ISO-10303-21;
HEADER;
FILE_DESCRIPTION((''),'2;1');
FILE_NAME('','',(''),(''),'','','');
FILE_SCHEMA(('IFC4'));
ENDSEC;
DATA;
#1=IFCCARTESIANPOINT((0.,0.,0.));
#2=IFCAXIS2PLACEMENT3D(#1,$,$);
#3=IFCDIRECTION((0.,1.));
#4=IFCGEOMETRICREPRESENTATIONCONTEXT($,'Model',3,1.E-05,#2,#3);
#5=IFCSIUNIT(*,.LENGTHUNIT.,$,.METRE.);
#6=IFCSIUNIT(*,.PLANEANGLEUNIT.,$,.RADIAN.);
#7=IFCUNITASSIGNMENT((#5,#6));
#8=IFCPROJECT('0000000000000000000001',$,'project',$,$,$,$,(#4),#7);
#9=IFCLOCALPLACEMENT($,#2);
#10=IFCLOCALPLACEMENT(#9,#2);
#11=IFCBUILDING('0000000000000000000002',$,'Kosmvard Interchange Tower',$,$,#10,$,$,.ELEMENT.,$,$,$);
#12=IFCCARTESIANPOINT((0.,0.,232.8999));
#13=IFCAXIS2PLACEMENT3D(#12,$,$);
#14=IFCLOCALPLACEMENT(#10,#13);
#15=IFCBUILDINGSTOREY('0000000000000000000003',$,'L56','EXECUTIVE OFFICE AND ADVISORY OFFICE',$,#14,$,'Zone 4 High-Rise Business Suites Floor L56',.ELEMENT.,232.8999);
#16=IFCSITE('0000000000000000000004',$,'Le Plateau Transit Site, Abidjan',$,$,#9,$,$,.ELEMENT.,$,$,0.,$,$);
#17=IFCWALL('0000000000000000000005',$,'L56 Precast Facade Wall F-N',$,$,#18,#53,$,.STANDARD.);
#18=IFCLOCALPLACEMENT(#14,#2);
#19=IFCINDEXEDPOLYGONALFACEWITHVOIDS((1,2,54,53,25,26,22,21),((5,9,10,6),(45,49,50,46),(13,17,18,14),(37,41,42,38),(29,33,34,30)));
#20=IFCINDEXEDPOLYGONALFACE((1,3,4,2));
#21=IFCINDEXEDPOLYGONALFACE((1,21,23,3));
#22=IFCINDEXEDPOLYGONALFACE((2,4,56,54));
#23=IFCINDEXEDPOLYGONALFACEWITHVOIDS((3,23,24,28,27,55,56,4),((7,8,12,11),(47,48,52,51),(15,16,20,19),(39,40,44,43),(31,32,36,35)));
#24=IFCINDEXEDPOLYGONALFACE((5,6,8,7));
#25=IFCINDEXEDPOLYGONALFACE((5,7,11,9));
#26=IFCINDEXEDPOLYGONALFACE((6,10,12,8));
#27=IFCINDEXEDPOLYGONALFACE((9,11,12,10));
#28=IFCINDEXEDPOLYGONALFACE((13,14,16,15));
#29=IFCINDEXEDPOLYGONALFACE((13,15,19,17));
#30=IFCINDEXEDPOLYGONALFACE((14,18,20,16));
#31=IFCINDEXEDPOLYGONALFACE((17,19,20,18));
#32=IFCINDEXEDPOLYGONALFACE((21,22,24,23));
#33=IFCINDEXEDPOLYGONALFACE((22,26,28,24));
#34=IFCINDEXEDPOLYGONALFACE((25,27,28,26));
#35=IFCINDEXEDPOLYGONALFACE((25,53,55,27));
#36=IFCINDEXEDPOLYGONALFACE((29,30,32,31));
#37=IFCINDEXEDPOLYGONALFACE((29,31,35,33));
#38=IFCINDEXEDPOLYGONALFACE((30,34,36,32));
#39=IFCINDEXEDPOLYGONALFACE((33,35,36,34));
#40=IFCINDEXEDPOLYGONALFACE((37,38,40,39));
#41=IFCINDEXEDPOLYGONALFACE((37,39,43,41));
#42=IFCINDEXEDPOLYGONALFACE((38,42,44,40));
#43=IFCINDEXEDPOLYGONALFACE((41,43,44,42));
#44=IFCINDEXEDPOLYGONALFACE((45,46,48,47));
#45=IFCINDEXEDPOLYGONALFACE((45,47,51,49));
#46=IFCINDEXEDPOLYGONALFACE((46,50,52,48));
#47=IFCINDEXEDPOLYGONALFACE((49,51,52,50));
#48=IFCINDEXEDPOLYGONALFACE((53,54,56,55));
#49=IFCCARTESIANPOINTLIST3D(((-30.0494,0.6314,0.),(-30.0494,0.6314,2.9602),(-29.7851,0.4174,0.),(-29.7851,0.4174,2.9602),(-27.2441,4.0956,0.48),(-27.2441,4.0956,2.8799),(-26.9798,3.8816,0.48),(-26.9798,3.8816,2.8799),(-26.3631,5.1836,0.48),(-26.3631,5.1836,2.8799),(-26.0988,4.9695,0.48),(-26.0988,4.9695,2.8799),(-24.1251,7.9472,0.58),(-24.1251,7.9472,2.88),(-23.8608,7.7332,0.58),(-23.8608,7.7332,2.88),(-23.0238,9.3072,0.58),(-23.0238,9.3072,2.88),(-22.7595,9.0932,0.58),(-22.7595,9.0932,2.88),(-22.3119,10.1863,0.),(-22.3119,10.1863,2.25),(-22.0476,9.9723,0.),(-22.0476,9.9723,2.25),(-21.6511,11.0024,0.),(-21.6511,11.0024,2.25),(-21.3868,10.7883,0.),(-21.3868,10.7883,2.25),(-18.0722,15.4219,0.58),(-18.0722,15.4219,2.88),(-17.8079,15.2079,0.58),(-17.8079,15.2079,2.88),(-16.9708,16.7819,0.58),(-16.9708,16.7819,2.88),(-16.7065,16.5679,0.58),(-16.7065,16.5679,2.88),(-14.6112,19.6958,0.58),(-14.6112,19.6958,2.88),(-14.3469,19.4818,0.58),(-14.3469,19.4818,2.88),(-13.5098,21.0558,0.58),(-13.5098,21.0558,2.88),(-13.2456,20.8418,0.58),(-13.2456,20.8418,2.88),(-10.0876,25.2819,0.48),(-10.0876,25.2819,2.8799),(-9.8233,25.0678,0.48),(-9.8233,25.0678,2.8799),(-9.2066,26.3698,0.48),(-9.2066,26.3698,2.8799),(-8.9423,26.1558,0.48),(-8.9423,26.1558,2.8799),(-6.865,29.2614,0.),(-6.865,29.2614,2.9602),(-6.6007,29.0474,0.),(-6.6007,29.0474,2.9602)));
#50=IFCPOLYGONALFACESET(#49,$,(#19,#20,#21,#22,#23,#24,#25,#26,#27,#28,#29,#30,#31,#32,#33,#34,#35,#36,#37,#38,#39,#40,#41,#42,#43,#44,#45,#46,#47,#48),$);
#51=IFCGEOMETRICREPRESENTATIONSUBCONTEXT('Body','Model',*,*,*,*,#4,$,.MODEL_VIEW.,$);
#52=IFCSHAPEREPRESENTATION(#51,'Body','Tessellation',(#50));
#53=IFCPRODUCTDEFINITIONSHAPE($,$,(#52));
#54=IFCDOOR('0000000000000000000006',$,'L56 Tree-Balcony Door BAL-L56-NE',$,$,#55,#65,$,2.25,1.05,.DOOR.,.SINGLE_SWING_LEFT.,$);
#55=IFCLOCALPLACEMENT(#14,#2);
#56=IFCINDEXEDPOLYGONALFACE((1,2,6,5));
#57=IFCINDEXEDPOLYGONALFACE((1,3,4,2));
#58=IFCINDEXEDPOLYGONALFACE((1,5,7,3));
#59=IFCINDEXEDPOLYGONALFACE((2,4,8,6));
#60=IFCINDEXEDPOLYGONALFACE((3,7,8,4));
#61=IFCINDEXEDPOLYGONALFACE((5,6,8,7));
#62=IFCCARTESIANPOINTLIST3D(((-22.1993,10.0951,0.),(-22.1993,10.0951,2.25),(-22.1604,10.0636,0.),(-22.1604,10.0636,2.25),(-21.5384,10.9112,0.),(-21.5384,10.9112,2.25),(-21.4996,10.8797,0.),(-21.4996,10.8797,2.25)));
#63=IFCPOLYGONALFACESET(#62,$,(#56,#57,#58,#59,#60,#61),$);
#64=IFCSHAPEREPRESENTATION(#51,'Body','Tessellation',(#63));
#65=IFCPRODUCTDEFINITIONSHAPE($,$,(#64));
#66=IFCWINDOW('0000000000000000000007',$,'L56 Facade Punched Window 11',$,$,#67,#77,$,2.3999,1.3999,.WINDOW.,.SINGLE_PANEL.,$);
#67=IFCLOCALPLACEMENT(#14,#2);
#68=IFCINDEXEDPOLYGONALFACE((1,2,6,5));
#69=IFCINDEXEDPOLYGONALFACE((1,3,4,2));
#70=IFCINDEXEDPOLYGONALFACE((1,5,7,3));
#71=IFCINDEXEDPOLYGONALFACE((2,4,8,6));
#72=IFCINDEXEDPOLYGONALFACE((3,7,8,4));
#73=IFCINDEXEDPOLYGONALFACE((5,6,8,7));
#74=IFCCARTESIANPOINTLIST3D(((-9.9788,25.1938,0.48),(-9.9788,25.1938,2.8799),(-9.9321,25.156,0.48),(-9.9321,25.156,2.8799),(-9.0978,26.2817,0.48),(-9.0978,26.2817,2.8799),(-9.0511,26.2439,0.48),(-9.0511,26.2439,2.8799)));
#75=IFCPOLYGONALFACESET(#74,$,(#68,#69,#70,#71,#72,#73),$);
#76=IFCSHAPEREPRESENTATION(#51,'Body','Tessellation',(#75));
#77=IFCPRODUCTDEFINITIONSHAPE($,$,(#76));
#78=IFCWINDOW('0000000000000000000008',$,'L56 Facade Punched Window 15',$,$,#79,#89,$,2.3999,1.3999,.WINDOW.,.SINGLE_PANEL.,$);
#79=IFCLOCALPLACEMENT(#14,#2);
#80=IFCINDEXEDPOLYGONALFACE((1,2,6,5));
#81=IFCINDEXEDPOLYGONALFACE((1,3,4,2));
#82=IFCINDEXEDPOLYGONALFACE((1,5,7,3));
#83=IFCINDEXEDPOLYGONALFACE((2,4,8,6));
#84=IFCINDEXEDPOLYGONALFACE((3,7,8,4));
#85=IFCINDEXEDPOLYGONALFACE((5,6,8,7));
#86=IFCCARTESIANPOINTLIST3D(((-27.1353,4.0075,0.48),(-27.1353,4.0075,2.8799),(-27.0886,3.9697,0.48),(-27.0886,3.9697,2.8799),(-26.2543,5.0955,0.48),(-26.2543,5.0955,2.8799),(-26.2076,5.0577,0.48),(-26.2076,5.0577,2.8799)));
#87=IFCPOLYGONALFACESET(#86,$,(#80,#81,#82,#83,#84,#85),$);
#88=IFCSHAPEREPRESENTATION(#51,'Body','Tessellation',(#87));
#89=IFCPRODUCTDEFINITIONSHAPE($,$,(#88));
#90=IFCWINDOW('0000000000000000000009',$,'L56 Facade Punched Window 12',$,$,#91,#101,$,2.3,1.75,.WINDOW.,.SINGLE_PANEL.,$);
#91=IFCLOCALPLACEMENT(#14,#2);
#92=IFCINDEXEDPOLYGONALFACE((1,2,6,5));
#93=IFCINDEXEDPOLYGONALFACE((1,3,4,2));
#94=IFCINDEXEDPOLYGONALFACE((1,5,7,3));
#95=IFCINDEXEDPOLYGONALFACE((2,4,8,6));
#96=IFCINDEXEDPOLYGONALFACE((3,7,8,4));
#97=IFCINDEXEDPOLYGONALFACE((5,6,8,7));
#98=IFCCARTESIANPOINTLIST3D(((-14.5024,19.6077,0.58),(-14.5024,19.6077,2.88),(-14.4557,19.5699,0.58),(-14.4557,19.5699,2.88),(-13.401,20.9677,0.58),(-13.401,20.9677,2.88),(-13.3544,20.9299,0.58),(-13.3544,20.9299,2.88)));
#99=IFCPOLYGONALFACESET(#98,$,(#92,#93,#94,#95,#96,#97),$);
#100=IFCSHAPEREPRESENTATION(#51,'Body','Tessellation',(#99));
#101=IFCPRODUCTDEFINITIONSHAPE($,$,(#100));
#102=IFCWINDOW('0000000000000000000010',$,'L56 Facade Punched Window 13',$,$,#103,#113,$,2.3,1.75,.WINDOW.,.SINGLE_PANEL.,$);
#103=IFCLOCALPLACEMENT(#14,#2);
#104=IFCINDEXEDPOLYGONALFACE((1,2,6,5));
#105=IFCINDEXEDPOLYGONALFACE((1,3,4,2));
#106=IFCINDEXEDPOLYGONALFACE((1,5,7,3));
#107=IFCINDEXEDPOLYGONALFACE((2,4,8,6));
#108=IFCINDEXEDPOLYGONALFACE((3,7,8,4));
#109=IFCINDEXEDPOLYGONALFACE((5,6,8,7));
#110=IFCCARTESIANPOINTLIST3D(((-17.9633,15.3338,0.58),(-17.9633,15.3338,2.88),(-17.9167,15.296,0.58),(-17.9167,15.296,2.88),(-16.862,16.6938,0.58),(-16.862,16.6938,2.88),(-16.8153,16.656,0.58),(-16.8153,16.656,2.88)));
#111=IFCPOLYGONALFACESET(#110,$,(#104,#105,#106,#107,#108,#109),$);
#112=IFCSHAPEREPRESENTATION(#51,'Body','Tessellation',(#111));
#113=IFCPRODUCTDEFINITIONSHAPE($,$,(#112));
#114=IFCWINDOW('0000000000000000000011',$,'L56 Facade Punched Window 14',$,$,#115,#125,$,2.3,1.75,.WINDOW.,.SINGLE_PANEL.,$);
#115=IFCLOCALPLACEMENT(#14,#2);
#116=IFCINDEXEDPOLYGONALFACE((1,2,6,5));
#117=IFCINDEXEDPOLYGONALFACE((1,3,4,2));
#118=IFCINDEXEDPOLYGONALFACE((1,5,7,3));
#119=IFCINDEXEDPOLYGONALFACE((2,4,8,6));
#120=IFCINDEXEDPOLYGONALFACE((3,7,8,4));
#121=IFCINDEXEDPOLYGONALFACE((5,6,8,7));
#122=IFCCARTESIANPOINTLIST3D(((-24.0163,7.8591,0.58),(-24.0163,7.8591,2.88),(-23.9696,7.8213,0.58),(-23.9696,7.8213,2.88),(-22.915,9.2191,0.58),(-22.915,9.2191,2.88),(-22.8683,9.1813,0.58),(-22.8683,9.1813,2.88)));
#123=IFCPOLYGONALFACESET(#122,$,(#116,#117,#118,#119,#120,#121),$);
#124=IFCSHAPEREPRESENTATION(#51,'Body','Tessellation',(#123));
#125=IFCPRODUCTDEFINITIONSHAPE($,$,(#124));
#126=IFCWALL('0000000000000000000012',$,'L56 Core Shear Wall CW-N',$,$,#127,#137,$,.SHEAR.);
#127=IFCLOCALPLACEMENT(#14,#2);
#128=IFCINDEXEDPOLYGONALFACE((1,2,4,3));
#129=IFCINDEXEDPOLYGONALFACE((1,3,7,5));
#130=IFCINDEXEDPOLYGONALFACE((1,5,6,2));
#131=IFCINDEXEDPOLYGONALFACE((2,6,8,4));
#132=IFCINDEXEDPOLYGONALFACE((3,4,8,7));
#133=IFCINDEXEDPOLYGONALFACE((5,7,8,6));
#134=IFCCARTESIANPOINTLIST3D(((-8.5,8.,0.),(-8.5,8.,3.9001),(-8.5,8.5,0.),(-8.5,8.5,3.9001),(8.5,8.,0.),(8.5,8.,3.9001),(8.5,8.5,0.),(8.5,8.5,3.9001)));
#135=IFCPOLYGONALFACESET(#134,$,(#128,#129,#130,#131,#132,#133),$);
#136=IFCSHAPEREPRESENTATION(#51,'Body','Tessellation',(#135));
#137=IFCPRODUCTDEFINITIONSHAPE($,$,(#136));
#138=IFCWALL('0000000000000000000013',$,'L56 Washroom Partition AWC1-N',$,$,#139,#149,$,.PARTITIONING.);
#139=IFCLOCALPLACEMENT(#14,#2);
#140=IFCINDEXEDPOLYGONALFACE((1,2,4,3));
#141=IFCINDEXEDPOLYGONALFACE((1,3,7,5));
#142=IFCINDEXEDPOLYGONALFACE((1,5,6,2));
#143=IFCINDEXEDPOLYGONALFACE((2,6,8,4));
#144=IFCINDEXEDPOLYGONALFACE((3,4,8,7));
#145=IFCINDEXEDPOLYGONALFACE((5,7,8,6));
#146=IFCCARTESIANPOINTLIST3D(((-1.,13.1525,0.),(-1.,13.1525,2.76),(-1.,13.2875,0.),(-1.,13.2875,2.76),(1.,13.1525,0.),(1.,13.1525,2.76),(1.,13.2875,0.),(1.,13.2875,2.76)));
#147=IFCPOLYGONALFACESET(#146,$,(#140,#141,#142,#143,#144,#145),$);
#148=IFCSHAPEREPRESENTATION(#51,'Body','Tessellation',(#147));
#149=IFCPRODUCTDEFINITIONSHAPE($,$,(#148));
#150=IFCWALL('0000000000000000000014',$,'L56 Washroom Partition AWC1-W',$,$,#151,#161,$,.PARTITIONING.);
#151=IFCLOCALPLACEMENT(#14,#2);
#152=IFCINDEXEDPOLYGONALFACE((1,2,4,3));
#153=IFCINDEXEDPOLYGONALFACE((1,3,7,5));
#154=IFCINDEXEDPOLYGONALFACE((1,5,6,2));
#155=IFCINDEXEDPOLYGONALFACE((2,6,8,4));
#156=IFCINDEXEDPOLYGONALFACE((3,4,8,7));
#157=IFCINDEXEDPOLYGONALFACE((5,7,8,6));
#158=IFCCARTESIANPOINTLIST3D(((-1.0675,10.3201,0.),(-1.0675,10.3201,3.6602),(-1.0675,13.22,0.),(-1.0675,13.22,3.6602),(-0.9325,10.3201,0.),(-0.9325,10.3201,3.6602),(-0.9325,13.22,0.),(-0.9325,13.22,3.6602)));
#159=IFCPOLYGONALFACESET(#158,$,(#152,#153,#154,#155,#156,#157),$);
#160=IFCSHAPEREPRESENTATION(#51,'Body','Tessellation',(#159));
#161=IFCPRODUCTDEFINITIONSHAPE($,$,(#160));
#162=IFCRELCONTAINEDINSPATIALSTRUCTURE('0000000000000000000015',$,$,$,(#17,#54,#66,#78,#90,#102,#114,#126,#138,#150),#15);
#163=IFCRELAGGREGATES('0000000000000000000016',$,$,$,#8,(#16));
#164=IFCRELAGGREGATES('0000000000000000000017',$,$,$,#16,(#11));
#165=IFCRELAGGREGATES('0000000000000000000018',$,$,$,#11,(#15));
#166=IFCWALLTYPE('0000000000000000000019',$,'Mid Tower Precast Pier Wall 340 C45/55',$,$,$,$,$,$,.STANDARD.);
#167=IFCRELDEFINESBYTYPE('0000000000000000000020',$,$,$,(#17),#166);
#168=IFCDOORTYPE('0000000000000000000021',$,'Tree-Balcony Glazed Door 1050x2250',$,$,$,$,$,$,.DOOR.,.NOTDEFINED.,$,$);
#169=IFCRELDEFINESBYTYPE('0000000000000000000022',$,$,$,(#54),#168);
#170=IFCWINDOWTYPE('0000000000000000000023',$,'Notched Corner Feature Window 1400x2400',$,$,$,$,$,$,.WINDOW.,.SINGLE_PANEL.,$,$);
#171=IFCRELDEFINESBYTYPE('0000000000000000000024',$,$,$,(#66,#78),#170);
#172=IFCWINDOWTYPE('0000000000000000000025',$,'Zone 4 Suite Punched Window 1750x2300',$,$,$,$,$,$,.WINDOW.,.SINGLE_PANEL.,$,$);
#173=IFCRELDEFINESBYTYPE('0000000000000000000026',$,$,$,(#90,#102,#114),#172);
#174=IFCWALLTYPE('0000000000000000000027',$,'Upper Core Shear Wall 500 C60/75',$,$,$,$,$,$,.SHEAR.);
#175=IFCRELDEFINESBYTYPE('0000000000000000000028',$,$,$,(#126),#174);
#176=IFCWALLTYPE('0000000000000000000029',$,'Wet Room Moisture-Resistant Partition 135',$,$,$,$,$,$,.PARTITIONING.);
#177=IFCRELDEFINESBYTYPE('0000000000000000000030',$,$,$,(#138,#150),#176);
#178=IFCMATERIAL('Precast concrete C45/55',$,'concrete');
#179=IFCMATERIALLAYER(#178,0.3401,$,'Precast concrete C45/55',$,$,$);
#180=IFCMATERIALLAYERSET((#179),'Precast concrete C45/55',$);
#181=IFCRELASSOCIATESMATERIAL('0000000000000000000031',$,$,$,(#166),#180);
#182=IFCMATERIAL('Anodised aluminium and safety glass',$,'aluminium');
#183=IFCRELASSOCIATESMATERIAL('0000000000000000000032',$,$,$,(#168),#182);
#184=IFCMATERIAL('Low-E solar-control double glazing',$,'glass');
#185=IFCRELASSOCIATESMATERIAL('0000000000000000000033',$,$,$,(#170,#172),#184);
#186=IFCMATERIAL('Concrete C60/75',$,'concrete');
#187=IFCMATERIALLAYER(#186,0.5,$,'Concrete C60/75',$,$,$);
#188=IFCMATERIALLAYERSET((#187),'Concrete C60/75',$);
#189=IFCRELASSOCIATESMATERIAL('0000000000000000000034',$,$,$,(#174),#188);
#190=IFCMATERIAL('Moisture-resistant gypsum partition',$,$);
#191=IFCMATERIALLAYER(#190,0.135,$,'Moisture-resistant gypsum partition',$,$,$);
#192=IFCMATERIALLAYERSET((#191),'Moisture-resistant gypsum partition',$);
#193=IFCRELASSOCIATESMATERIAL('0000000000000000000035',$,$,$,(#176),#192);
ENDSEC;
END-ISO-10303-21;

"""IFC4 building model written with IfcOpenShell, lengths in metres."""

from ifc_helpers import new_model, si_unit, direction, frame, frame_2d, origin, place, context, subcontext, project, spatial, rectangle, extrude, source, transform, mapped, material, layer, layer_set, type_object, element, fill, save


model = new_model("IFC4")

# Units and contexts
model_context = context("Model", 3, precision=1e-05, world=origin(), true_north=direction((0.0, 1.0)))
body_context = subcontext(model_context, "Body", "Model", "MODEL_VIEW")
ifc_project = project(units=[si_unit("LENGTHUNIT", "METRE"), si_unit("PLANEANGLEUNIT", "RADIAN")], contexts=[model_context])

# Site, building, storey
site_placement = place(None, origin())
site = spatial("IfcSite", under=ifc_project, at=site_placement, Name="Le Plateau Transit Site, Abidjan", CompositionType="ELEMENT", RefElevation=0.0)
building_placement = place(site_placement, origin())
building = spatial("IfcBuilding", under=site, at=building_placement, Name="Kosmvard Interchange Tower", CompositionType="ELEMENT")
storey_placement = place(building_placement, frame((0.0, 0.0, 232.8999)))
storey = spatial("IfcBuildingStorey", under=building, at=storey_placement, Name="L56", Description="EXECUTIVE OFFICE AND ADVISORY OFFICE", LongName="Zone 4 High-Rise Business Suites Floor L56", CompositionType="ELEMENT", Elevation=232.8999)

# Shared definitions
ifc_material_1 = material(Name="Concrete C60/75", Category="concrete")

# Shared definitions
ifc_material_2 = material(Name="Precast concrete C45/55", Category="concrete")
ifc_layer_1 = layer(ifc_material_2, 0.3401, Name="Precast concrete C45/55")
ifc_layer_set_1 = layer_set([ifc_layer_1], Name="Precast concrete C45/55")
wall_type_1 = type_object("IfcWallType", Name="Mid Tower Precast Pier Wall 340 C45/55", PredefinedType="STANDARD", material=ifc_layer_set_1)

# Wall, openings, door, windows
wall_1_placement = place(storey_placement, frame((-6.7329, 29.1543, 0.0), z_axis=(0.0, 0.0, 1.0), x_axis=(-0.629325, -0.777142, 0.0)))
wall_1 = element("IfcWall", 1, at=wall_1_placement, inside=storey, type_object=wall_type_1, Name="L56 Precast Facade Wall F-N", PredefinedType="STANDARD", context=body_context, shape_type="SweptSolid", body=[
    extrude(rectangle(XDim=36.8401, YDim=0.3401, at=frame_2d((18.4199, 0.0))), origin(), (0.0, 0.0, 1.0), 2.9602),
])
opening_1_placement = place(wall_1_placement, frame((23.4951, 0.0, 0.0)))
opening_1 = element("IfcOpeningElement", 2, at=opening_1_placement, cuts=wall_1, PredefinedType="OPENING", context=body_context, shape_type="SweptSolid", body=[
    extrude(rectangle(XDim=1.05, YDim=2.25, at=frame_2d((0.5249, 1.125))), frame((0.0, 0.1802, 0.0), z_axis=(0.0, -1.0, 0.0), x_axis=(1.0, 0.0, 0.0)), (0.0, 0.0, 1.0), 0.3601),
])
opening_2_placement = place(wall_1_placement, frame((3.7207, 0.0, 0.48)))
opening_2 = element("IfcOpeningElement", 3, at=opening_2_placement, cuts=wall_1, PredefinedType="OPENING", context=body_context, shape_type="SweptSolid", body=[
    extrude(rectangle(XDim=1.3999, YDim=2.3999, at=frame_2d((0.7, 1.2))), frame((0.0, 0.1802, 0.0), z_axis=(0.0, -1.0, 0.0), x_axis=(1.0, 0.0, 0.0)), (0.0, 0.0, 1.0), 0.3601),
])
opening_3_placement = place(wall_1_placement, frame((10.5586, 0.0, 0.5801)))
opening_3 = element("IfcOpeningElement", 4, at=opening_3_placement, cuts=wall_1, PredefinedType="OPENING", context=body_context, shape_type="SweptSolid", body=[
    extrude(rectangle(XDim=1.75, YDim=2.3, at=frame_2d((0.875, 1.1499))), frame((0.0, 0.1802, 0.0), z_axis=(0.0, -1.0, 0.0), x_axis=(1.0, 0.0, 0.0)), (0.0, 0.0, 1.0), 0.3601),
])
opening_4_placement = place(wall_1_placement, frame((16.0581, 0.0, 0.5801)))
opening_4 = element("IfcOpeningElement", 5, at=opening_4_placement, cuts=wall_1, PredefinedType="OPENING", context=body_context, shape_type="SweptSolid", body=[
    extrude(rectangle(XDim=1.75, YDim=2.3, at=frame_2d((0.875, 1.1499))), frame((0.0, 0.1802, 0.0), z_axis=(0.0, -1.0, 0.0), x_axis=(1.0, 0.0, 0.0)), (0.0, 0.0, 1.0), 0.3601),
])
opening_5_placement = place(wall_1_placement, frame((25.6763, 0.0, 0.5801)))
opening_5 = element("IfcOpeningElement", 6, at=opening_5_placement, cuts=wall_1, PredefinedType="OPENING", context=body_context, shape_type="SweptSolid", body=[
    extrude(rectangle(XDim=1.75, YDim=2.3, at=frame_2d((0.875, 1.1499))), frame((0.0, 0.1802, 0.0), z_axis=(0.0, -1.0, 0.0), x_axis=(1.0, 0.0, 0.0)), (0.0, 0.0, 1.0), 0.3601),
])
opening_6_placement = place(wall_1_placement, frame((30.9824, 0.0, 0.48)))
opening_6 = element("IfcOpeningElement", 7, at=opening_6_placement, cuts=wall_1, PredefinedType="OPENING", context=body_context, shape_type="SweptSolid", body=[
    extrude(rectangle(XDim=1.3999, YDim=2.3999, at=frame_2d((0.7, 1.2))), frame((0.0, 0.1802, 0.0), z_axis=(0.0, -1.0, 0.0), x_axis=(1.0, 0.0, 0.0)), (0.0, 0.0, 1.0), 0.3601),
])
ifc_material_3 = material(Name="Anodised aluminium and safety glass", Category="aluminium")
door_type = type_object("IfcDoorType", Name="Tree-Balcony Glazed Door 1050x2250", OperationType="NOTDEFINED", PredefinedType="DOOR", material=ifc_material_3)
shared_shape_1 = source(origin(), body_context, "Body", "SweptSolid", [
    extrude(rectangle(XDim=1.05, YDim=2.25, at=frame_2d((0.5249, 1.125))), frame((0.0, 0.0249, 0.0), z_axis=(0.0, -1.0, 0.0), x_axis=(1.0, 0.0, 0.0)), (0.0, 0.0, 1.0), 0.05),
])
door_placement = place(opening_1_placement, origin())
door = element("IfcDoor", 8, at=door_placement, inside=storey, type_object=door_type, Name="L56 Tree-Balcony Door BAL-L56-NE", OperationType="SINGLE_SWING_LEFT", OverallHeight=2.25, OverallWidth=1.05, PredefinedType="DOOR", context=body_context, shape_type="MappedRepresentation", body=[
    mapped(shared_shape_1, transform((0.0, 0.0, 0.0), scale=1.0)),
])
fill(opening_1, door)
ifc_material_4 = material(Name="Low-E solar-control double glazing", Category="glass")
window_type_1 = type_object("IfcWindowType", Name="Notched Corner Feature Window 1400x2400", PartitioningType="SINGLE_PANEL", PredefinedType="WINDOW", material=ifc_material_4)
shared_shape_2 = source(origin(), body_context, "Body", "SweptSolid", [
    extrude(rectangle(XDim=1.3999, YDim=2.3999, at=frame_2d((0.7, 1.2))), frame((0.0, 0.03, 0.0), z_axis=(0.0, -1.0, 0.0), x_axis=(1.0, 0.0, 0.0)), (0.0, 0.0, 1.0), 0.0601),
])
window_1_placement = place(opening_2_placement, origin())
window_1 = element("IfcWindow", 9, at=window_1_placement, inside=storey, type_object=window_type_1, Name="L56 Facade Punched Window 11", OverallHeight=2.3999, OverallWidth=1.3999, PartitioningType="SINGLE_PANEL", PredefinedType="WINDOW", context=body_context, shape_type="MappedRepresentation", body=[
    mapped(shared_shape_2, transform((0.0, 0.0, 0.0), scale=1.0)),
])
fill(opening_2, window_1)
window_2_placement = place(opening_6_placement, origin())
window_2 = element("IfcWindow", 10, at=window_2_placement, inside=storey, type_object=window_type_1, Name="L56 Facade Punched Window 15", OverallHeight=2.3999, OverallWidth=1.3999, PartitioningType="SINGLE_PANEL", PredefinedType="WINDOW", context=body_context, shape_type="MappedRepresentation", body=[
    mapped(shared_shape_2, transform((0.0, 0.0, 0.0), scale=1.0)),
])
fill(opening_6, window_2)
window_type_2 = type_object("IfcWindowType", Name="Zone 4 Suite Punched Window 1750x2300", PartitioningType="SINGLE_PANEL", PredefinedType="WINDOW", material=ifc_material_4)
shared_shape_3 = source(origin(), body_context, "Body", "SweptSolid", [
    extrude(rectangle(XDim=1.75, YDim=2.3, at=frame_2d((0.875, 1.1499))), frame((0.0, 0.03, 0.0), z_axis=(0.0, -1.0, 0.0), x_axis=(1.0, 0.0, 0.0)), (0.0, 0.0, 1.0), 0.0601),
])
window_3_placement = place(opening_3_placement, origin())
window_3 = element("IfcWindow", 11, at=window_3_placement, inside=storey, type_object=window_type_2, Name="L56 Facade Punched Window 12", OverallHeight=2.3, OverallWidth=1.75, PartitioningType="SINGLE_PANEL", PredefinedType="WINDOW", context=body_context, shape_type="MappedRepresentation", body=[
    mapped(shared_shape_3, transform((0.0, 0.0, 0.0), scale=1.0)),
])
fill(opening_3, window_3)
window_4_placement = place(opening_4_placement, origin())
window_4 = element("IfcWindow", 12, at=window_4_placement, inside=storey, type_object=window_type_2, Name="L56 Facade Punched Window 13", OverallHeight=2.3, OverallWidth=1.75, PartitioningType="SINGLE_PANEL", PredefinedType="WINDOW", context=body_context, shape_type="MappedRepresentation", body=[
    mapped(shared_shape_3, transform((0.0, 0.0, 0.0), scale=1.0)),
])
fill(opening_4, window_4)
window_5_placement = place(opening_5_placement, origin())
window_5 = element("IfcWindow", 13, at=window_5_placement, inside=storey, type_object=window_type_2, Name="L56 Facade Punched Window 14", OverallHeight=2.3, OverallWidth=1.75, PartitioningType="SINGLE_PANEL", PredefinedType="WINDOW", context=body_context, shape_type="MappedRepresentation", body=[
    mapped(shared_shape_3, transform((0.0, 0.0, 0.0), scale=1.0)),
])
fill(opening_5, window_5)

# Walls
ifc_layer_2 = layer(ifc_material_1, 0.5, Name="Concrete C60/75")
ifc_layer_set_2 = layer_set([ifc_layer_2], Name="Concrete C60/75")
wall_type_2 = type_object("IfcWallType", Name="Upper Core Shear Wall 500 C60/75", PredefinedType="SHEAR", material=ifc_layer_set_2)
wall_2_placement = place(storey_placement, frame((-8.5, 8.25, 0.0), z_axis=(0.0, 0.0, 1.0), x_axis=(1.0, 0.0, 0.0)))
element("IfcWall", 14, at=wall_2_placement, inside=storey, type_object=wall_type_2, Name="L56 Core Shear Wall CW-N", PredefinedType="SHEAR", context=body_context, shape_type="SweptSolid", body=[
    extrude(rectangle(XDim=17.0, YDim=0.5, at=frame_2d((8.5, 0.0))), origin(), (0.0, 0.0, 1.0), 3.9001),
])
ifc_material_5 = material(Name="Moisture-resistant gypsum partition")
ifc_layer_3 = layer(ifc_material_5, 0.135, Name="Moisture-resistant gypsum partition")
ifc_layer_set_3 = layer_set([ifc_layer_3], Name="Moisture-resistant gypsum partition")
wall_type_3 = type_object("IfcWallType", Name="Wet Room Moisture-Resistant Partition 135", PredefinedType="PARTITIONING", material=ifc_layer_set_3)
wall_3_placement = place(storey_placement, frame((-1.0, 13.22, 0.0), z_axis=(0.0, 0.0, 1.0), x_axis=(1.0, 0.0, 0.0)))
element("IfcWall", 15, at=wall_3_placement, inside=storey, type_object=wall_type_3, Name="L56 Washroom Partition AWC1-N", PredefinedType="PARTITIONING", context=body_context, shape_type="SweptSolid", body=[
    extrude(rectangle(XDim=2.0, YDim=0.135, at=frame_2d((1.0, 0.0))), origin(), (0.0, 0.0, 1.0), 2.76),
])
wall_4_placement = place(storey_placement, frame((-1.0, 10.3201, 0.0), z_axis=(0.0, 0.0, 1.0), x_axis=(0.0, 1.0, 0.0)))
element("IfcWall", 16, at=wall_4_placement, inside=storey, type_object=wall_type_3, Name="L56 Washroom Partition AWC1-W", PredefinedType="PARTITIONING", context=body_context, shape_type="SweptSolid", body=[
    extrude(rectangle(XDim=2.8999, YDim=0.135, at=frame_2d((1.45, 0.0))), origin(), (0.0, 0.0, 1.0), 3.6602),
])

save(model, "model.ifc")
